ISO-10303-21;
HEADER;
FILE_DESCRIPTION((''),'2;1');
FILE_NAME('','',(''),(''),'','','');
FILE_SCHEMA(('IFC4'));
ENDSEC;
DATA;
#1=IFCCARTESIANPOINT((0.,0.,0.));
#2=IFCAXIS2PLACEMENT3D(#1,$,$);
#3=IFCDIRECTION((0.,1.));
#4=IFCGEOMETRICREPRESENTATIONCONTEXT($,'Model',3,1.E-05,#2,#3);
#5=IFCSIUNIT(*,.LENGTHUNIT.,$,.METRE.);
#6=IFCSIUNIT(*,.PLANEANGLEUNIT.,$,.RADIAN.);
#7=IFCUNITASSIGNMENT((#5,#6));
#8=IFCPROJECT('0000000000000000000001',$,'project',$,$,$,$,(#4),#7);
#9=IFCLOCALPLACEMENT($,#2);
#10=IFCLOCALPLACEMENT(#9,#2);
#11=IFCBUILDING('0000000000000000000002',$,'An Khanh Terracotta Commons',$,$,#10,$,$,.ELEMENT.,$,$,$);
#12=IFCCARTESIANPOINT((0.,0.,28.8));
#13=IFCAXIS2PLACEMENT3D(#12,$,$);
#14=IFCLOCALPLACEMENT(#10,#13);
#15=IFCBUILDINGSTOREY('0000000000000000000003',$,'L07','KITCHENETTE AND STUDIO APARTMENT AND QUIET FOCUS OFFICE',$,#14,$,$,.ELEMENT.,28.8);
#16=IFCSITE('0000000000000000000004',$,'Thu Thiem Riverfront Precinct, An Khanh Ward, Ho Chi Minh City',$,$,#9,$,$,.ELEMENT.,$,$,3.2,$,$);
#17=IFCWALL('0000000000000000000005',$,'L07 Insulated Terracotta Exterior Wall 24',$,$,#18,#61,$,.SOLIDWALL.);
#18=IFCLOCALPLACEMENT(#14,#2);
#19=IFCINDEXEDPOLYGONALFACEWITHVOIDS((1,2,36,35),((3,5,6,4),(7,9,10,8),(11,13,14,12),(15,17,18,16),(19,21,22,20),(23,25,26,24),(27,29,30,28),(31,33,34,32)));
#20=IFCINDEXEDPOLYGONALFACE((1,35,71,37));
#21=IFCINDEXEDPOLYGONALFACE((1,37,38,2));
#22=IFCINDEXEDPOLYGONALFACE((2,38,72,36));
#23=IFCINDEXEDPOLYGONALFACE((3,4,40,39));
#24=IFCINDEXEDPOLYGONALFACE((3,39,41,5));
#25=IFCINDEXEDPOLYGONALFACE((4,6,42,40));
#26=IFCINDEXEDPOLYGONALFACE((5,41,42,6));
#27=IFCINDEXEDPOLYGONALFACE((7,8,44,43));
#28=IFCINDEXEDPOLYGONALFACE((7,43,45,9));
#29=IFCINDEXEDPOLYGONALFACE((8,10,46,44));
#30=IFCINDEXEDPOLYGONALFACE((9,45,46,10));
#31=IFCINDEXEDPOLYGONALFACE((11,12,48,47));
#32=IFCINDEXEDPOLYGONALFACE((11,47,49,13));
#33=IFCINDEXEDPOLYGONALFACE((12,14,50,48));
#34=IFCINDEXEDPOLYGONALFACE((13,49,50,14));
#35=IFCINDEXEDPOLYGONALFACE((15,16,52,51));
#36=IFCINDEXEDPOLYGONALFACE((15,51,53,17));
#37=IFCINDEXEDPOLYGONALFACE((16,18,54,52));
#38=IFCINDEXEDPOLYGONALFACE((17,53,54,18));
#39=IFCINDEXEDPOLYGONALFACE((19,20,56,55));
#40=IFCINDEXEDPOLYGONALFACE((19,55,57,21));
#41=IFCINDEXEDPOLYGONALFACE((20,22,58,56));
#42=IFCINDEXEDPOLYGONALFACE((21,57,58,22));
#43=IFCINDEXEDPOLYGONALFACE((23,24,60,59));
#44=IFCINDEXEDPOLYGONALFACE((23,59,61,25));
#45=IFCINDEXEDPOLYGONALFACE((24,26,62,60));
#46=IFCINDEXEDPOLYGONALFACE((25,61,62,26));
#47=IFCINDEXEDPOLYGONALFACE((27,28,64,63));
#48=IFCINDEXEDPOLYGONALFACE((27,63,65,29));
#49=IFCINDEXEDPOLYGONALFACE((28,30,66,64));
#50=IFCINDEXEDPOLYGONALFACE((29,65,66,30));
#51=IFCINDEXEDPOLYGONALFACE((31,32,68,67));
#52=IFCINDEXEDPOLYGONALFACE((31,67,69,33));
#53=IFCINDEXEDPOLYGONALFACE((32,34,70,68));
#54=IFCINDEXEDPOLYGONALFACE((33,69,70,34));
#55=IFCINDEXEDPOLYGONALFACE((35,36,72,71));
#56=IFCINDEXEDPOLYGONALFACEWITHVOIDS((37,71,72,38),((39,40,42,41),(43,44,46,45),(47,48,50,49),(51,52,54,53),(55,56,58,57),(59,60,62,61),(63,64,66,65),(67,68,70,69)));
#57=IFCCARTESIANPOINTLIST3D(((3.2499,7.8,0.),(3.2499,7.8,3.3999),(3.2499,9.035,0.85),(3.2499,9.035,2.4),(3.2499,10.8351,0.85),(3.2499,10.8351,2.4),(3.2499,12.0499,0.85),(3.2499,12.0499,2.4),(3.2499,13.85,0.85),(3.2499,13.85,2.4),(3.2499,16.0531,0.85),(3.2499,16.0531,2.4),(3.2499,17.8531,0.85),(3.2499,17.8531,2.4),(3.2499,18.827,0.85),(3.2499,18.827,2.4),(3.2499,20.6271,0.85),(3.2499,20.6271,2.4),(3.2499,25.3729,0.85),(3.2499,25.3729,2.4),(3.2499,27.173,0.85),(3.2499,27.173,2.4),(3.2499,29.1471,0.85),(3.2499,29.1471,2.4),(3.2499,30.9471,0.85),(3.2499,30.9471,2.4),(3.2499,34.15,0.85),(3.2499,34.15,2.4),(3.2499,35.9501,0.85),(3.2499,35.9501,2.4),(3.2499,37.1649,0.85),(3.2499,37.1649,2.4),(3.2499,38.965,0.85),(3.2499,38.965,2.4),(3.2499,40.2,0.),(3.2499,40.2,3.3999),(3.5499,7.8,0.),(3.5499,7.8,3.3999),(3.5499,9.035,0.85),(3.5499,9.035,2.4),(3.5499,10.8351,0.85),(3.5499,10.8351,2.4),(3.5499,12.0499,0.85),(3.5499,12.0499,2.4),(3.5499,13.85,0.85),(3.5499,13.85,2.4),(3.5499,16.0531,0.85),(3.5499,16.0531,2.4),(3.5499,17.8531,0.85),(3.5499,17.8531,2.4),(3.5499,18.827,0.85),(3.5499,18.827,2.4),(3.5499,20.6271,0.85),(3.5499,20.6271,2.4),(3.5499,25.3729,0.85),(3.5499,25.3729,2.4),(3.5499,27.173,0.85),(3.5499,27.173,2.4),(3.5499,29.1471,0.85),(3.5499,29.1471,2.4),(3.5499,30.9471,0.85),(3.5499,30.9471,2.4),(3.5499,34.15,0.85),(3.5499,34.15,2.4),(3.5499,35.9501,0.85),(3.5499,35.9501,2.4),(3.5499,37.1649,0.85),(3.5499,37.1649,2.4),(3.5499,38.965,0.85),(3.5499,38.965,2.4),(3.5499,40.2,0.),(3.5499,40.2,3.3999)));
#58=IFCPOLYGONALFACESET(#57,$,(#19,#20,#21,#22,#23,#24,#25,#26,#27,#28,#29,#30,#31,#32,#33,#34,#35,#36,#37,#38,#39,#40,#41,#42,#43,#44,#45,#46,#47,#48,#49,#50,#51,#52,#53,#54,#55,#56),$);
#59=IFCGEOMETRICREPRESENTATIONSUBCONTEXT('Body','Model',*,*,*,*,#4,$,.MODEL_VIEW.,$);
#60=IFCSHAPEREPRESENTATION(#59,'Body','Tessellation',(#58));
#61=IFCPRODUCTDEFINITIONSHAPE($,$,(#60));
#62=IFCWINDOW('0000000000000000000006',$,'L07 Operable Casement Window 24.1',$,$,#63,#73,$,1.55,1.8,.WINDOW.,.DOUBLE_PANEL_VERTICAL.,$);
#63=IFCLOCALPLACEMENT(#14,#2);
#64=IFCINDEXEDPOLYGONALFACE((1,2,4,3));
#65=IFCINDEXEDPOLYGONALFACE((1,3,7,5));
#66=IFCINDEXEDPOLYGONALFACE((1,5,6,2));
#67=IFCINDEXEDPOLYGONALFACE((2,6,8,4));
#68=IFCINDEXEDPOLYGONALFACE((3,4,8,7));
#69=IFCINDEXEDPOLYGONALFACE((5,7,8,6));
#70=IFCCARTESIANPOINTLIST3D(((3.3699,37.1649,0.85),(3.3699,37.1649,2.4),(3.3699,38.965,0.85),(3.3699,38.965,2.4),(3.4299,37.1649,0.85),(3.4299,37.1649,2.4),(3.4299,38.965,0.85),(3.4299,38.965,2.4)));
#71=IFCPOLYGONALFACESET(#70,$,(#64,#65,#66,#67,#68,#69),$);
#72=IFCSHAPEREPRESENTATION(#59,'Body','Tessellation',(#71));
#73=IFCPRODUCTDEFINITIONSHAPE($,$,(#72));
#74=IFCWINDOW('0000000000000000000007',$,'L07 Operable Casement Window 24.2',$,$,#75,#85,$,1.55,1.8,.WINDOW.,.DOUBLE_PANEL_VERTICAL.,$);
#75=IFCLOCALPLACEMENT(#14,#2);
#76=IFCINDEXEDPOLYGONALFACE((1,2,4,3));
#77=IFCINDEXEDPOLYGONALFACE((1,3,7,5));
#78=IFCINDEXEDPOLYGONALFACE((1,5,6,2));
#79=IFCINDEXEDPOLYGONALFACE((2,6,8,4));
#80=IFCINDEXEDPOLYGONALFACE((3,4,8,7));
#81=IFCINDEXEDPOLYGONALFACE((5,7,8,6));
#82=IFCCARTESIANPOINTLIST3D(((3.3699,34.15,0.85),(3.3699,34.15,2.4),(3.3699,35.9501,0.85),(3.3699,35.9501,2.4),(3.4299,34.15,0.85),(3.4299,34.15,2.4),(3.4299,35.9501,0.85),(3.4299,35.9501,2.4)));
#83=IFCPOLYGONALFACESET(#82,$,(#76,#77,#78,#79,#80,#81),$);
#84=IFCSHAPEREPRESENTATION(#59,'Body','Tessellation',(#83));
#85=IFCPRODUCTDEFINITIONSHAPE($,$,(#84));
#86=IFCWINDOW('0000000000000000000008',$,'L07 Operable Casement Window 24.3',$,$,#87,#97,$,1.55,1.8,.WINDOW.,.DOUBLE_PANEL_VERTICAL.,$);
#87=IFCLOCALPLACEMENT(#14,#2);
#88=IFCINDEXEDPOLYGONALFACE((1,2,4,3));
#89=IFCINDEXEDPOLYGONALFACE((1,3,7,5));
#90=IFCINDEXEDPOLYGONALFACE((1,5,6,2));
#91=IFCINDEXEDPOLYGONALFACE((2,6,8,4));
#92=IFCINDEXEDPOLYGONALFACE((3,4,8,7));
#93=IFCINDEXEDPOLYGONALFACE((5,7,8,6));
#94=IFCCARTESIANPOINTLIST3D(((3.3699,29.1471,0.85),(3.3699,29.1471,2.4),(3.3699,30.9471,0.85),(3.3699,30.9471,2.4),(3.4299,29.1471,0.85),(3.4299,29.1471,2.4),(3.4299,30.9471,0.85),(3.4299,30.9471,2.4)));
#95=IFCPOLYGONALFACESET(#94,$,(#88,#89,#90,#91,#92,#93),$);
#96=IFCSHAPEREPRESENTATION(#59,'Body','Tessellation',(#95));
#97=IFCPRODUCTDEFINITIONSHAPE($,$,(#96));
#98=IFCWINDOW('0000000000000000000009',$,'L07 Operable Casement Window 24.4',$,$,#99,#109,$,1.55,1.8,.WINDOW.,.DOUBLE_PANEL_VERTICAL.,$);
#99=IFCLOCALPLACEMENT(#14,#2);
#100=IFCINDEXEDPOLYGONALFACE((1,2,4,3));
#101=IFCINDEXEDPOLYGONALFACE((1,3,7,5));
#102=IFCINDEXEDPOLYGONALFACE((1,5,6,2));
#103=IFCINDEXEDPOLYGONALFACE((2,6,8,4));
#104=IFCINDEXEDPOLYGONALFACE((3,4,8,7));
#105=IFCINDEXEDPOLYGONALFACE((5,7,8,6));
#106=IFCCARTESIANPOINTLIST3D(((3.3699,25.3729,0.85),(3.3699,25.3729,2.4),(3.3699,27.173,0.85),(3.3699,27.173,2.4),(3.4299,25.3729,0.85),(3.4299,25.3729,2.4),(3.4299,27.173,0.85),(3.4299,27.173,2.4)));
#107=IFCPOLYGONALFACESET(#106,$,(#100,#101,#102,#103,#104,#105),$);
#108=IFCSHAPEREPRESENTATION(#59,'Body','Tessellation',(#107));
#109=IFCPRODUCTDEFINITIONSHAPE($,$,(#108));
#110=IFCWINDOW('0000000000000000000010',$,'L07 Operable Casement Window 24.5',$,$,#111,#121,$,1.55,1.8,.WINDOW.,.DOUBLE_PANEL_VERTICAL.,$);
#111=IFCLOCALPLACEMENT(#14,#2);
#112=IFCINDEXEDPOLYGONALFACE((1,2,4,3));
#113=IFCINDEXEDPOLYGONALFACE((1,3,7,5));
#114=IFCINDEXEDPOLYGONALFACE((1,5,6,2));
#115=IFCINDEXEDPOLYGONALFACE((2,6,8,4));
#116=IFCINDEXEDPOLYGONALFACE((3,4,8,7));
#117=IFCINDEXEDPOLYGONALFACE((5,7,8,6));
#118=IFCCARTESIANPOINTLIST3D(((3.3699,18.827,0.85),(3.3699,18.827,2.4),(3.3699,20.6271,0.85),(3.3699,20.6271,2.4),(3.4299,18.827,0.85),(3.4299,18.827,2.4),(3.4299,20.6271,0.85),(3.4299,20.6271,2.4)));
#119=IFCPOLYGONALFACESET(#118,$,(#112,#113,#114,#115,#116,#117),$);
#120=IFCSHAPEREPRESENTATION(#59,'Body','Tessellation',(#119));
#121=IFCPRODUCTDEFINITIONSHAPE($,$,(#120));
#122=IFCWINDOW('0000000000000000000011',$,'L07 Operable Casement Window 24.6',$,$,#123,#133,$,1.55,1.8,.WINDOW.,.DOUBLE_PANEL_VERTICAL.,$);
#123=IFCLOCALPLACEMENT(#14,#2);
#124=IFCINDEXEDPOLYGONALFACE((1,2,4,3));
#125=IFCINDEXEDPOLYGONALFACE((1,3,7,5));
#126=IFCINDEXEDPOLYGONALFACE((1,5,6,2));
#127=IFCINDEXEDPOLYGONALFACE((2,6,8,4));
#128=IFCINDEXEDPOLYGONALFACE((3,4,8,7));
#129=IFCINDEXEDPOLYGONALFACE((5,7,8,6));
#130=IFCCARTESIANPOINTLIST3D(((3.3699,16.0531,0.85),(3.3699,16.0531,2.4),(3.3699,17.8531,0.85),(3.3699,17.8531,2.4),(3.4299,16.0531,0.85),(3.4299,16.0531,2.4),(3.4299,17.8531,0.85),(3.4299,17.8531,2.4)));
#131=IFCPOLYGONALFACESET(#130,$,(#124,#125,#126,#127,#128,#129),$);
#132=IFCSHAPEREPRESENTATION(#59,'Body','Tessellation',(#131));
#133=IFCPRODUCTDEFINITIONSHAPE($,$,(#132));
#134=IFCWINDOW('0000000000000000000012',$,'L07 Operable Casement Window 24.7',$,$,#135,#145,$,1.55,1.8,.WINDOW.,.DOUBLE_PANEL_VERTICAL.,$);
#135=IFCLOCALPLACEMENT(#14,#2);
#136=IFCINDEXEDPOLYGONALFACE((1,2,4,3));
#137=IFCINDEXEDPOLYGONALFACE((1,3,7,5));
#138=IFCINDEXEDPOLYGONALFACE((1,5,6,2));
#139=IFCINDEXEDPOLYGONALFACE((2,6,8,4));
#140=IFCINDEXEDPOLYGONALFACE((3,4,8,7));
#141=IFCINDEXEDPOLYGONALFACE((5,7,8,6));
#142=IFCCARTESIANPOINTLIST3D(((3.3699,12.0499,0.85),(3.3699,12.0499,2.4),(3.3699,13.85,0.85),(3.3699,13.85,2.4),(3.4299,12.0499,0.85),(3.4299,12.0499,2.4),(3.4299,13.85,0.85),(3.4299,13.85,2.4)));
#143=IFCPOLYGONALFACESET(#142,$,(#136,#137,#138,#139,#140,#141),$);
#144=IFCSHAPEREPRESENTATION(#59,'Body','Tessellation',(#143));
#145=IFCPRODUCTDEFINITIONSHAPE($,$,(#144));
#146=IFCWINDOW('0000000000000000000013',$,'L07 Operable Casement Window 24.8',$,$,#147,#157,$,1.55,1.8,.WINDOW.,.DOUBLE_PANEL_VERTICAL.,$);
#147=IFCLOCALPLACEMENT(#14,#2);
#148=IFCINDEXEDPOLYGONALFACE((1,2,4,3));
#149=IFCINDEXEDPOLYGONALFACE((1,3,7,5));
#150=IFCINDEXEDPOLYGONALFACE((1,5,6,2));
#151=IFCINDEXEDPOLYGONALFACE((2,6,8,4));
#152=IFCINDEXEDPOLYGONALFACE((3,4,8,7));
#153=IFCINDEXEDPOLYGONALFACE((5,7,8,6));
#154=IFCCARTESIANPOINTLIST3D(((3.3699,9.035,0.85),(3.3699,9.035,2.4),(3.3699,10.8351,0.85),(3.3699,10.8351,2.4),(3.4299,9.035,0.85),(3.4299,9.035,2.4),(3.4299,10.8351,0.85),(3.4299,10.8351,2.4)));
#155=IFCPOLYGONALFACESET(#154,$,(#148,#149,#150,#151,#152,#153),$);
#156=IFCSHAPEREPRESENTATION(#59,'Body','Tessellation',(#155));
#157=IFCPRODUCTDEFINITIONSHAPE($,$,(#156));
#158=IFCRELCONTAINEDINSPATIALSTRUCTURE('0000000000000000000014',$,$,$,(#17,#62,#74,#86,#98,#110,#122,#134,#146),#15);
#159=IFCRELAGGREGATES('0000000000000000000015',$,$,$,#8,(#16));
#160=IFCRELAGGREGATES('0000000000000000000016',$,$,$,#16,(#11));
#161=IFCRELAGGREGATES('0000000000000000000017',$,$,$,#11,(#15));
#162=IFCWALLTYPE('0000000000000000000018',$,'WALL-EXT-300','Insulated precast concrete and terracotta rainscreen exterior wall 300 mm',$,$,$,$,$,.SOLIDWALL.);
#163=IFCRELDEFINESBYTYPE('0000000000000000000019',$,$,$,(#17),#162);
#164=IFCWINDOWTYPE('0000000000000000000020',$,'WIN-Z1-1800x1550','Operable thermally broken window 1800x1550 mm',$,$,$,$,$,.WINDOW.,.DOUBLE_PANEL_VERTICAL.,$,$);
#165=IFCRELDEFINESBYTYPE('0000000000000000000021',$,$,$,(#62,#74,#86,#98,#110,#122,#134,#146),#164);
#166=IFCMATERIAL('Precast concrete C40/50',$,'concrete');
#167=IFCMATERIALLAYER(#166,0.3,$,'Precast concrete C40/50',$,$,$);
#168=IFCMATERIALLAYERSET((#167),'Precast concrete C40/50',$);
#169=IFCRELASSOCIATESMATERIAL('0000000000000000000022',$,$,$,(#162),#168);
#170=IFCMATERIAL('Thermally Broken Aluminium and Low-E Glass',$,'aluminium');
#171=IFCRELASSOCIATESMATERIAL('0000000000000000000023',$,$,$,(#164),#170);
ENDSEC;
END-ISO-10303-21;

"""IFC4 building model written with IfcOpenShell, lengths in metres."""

from ifc_helpers import new_model, si_unit, direction, frame, frame_2d, origin, place, context, subcontext, project, spatial, rectangle, extrude, material, layer, layer_set, type_object, element, fill, save


model = new_model("IFC4")

# Units and contexts
model_context = context("Model", 3, precision=1e-05, world=origin(), true_north=direction((0.0, 1.0)))
body_context = subcontext(model_context, "Body", "Model", "MODEL_VIEW")
ifc_project = project(units=[si_unit("LENGTHUNIT", "METRE"), si_unit("PLANEANGLEUNIT", "RADIAN")], contexts=[model_context])

# Site, building, storey
site_placement = place(None, origin())
site = spatial("IfcSite", under=ifc_project, at=site_placement, Name="Thu Thiem Riverfront Precinct, An Khanh Ward, Ho Chi Minh City", CompositionType="ELEMENT", RefElevation=3.2)
building_placement = place(site_placement, origin())
building = spatial("IfcBuilding", under=site, at=building_placement, Name="An Khanh Terracotta Commons", CompositionType="ELEMENT")
storey_placement = place(building_placement, frame((0.0, 0.0, 28.8)))
storey = spatial("IfcBuildingStorey", under=building, at=storey_placement, Name="L07", Description="KITCHENETTE AND STUDIO APARTMENT AND QUIET FOCUS OFFICE", CompositionType="ELEMENT", Elevation=28.8)

# Shared definitions
ifc_material_1 = material(Name="Precast concrete C40/50", Category="concrete")
ifc_layer_1 = layer(ifc_material_1, 0.3, Name="Precast concrete C40/50")
ifc_layer_set_1 = layer_set([ifc_layer_1], Name="Precast concrete C40/50")
wall_type_1 = type_object("IfcWallType", Name="WALL-EXT-300", Description="Insulated precast concrete and terracotta rainscreen exterior wall 300 mm", PredefinedType="SOLIDWALL", material=ifc_layer_set_1)

# Wall, openings, windows
wall_1_placement = place(storey_placement, frame((3.3999, 40.2, 0.0), z_axis=(0.0, 0.0, 1.0), x_axis=(0.0, -1.0, 0.0)))
wall_1 = element("IfcWall", 1, at=wall_1_placement, inside=storey, type_object=wall_type_1, Name="L07 Insulated Terracotta Exterior Wall 24", PredefinedType="SOLIDWALL", context=body_context, shape_type="SweptSolid", body=[
    extrude(rectangle(XDim=32.3999, YDim=0.3, at=frame_2d((16.2, 0.0))), origin(), (0.0, 0.0, 1.0), 3.3999),
])
opening_1_placement = place(wall_1_placement, frame((1.2351, 0.0, 0.8501)))
opening_1 = element("IfcOpeningElement", 2, at=opening_1_placement, cuts=wall_1, PredefinedType="OPENING", context=body_context, shape_type="SweptSolid", body=[
    extrude(rectangle(XDim=1.8, YDim=1.55, at=frame_2d((0.8999, 0.7749))), frame((0.0, 0.1599, 0.0), z_axis=(0.0, -1.0, 0.0), x_axis=(1.0, 0.0, 0.0)), (0.0, 0.0, 1.0), 0.3201),
])
opening_2_placement = place(wall_1_placement, frame((4.25, 0.0, 0.8501)))
opening_2 = element("IfcOpeningElement", 3, at=opening_2_placement, cuts=wall_1, PredefinedType="OPENING", context=body_context, shape_type="SweptSolid", body=[
    extrude(rectangle(XDim=1.8, YDim=1.55, at=frame_2d((0.8999, 0.7749))), frame((0.0, 0.1599, 0.0), z_axis=(0.0, -1.0, 0.0), x_axis=(1.0, 0.0, 0.0)), (0.0, 0.0, 1.0), 0.3201),
])
opening_3_placement = place(wall_1_placement, frame((9.2529, 0.0, 0.8501)))
opening_3 = element("IfcOpeningElement", 4, at=opening_3_placement, cuts=wall_1, PredefinedType="OPENING", context=body_context, shape_type="SweptSolid", body=[
    extrude(rectangle(XDim=1.8, YDim=1.55, at=frame_2d((0.8999, 0.7749))), frame((0.0, 0.1599, 0.0), z_axis=(0.0, -1.0, 0.0), x_axis=(1.0, 0.0, 0.0)), (0.0, 0.0, 1.0), 0.3201),
])
opening_4_placement = place(wall_1_placement, frame((13.0271, 0.0, 0.8501)))
opening_4 = element("IfcOpeningElement", 5, at=opening_4_placement, cuts=wall_1, PredefinedType="OPENING", context=body_context, shape_type="SweptSolid", body=[
    extrude(rectangle(XDim=1.8, YDim=1.55, at=frame_2d((0.8999, 0.7749))), frame((0.0, 0.1599, 0.0), z_axis=(0.0, -1.0, 0.0), x_axis=(1.0, 0.0, 0.0)), (0.0, 0.0, 1.0), 0.3201),
])
opening_5_placement = place(wall_1_placement, frame((19.573, 0.0, 0.8501)))
opening_5 = element("IfcOpeningElement", 6, at=opening_5_placement, cuts=wall_1, PredefinedType="OPENING", context=body_context, shape_type="SweptSolid", body=[
    extrude(rectangle(XDim=1.8, YDim=1.55, at=frame_2d((0.8999, 0.7749))), frame((0.0, 0.1599, 0.0), z_axis=(0.0, -1.0, 0.0), x_axis=(1.0, 0.0, 0.0)), (0.0, 0.0, 1.0), 0.3201),
])
opening_6_placement = place(wall_1_placement, frame((22.3469, 0.0, 0.8501)))
opening_6 = element("IfcOpeningElement", 7, at=opening_6_placement, cuts=wall_1, PredefinedType="OPENING", context=body_context, shape_type="SweptSolid", body=[
    extrude(rectangle(XDim=1.8, YDim=1.55, at=frame_2d((0.8999, 0.7749))), frame((0.0, 0.1599, 0.0), z_axis=(0.0, -1.0, 0.0), x_axis=(1.0, 0.0, 0.0)), (0.0, 0.0, 1.0), 0.3201),
])
opening_7_placement = place(wall_1_placement, frame((26.3501, 0.0, 0.8501)))
opening_7 = element("IfcOpeningElement", 8, at=opening_7_placement, cuts=wall_1, PredefinedType="OPENING", context=body_context, shape_type="SweptSolid", body=[
    extrude(rectangle(XDim=1.8, YDim=1.55, at=frame_2d((0.8999, 0.7749))), frame((0.0, 0.1599, 0.0), z_axis=(0.0, -1.0, 0.0), x_axis=(1.0, 0.0, 0.0)), (0.0, 0.0, 1.0), 0.3201),
])
opening_8_placement = place(wall_1_placement, frame((29.365, 0.0, 0.8501)))
opening_8 = element("IfcOpeningElement", 9, at=opening_8_placement, cuts=wall_1, PredefinedType="OPENING", context=body_context, shape_type="SweptSolid", body=[
    extrude(rectangle(XDim=1.8, YDim=1.55, at=frame_2d((0.8999, 0.7749))), frame((0.0, 0.1599, 0.0), z_axis=(0.0, -1.0, 0.0), x_axis=(1.0, 0.0, 0.0)), (0.0, 0.0, 1.0), 0.3201),
])
ifc_material_2 = material(Name="Thermally Broken Aluminium and Low-E Glass", Category="aluminium")
window_type = type_object("IfcWindowType", Name="WIN-Z1-1800x1550", Description="Operable thermally broken window 1800x1550 mm", PartitioningType="DOUBLE_PANEL_VERTICAL", PredefinedType="WINDOW", material=ifc_material_2)
window_1_placement = place(opening_1_placement, origin())
window_1 = element("IfcWindow", 10, at=window_1_placement, inside=storey, type_object=window_type, Name="L07 Operable Casement Window 24.1", OverallHeight=1.55, OverallWidth=1.8, PartitioningType="DOUBLE_PANEL_VERTICAL", PredefinedType="WINDOW", context=body_context, shape_type="SweptSolid", body=[
    extrude(rectangle(XDim=1.8, YDim=1.55, at=frame_2d((0.8999, 0.7749))), frame((0.0, 0.03, 0.0), z_axis=(0.0, -1.0, 0.0), x_axis=(1.0, 0.0, 0.0)), (0.0, 0.0, 1.0), 0.0601),
])
fill(opening_1, window_1)
window_2_placement = place(opening_2_placement, origin())
window_2 = element("IfcWindow", 11, at=window_2_placement, inside=storey, type_object=window_type, Name="L07 Operable Casement Window 24.2", OverallHeight=1.55, OverallWidth=1.8, PartitioningType="DOUBLE_PANEL_VERTICAL", PredefinedType="WINDOW", context=body_context, shape_type="SweptSolid", body=[
    extrude(rectangle(XDim=1.8, YDim=1.55, at=frame_2d((0.8999, 0.7749))), frame((0.0, 0.03, 0.0), z_axis=(0.0, -1.0, 0.0), x_axis=(1.0, 0.0, 0.0)), (0.0, 0.0, 1.0), 0.0601),
])
fill(opening_2, window_2)
window_3_placement = place(opening_3_placement, origin())
window_3 = element("IfcWindow", 12, at=window_3_placement, inside=storey, type_object=window_type, Name="L07 Operable Casement Window 24.3", OverallHeight=1.55, OverallWidth=1.8, PartitioningType="DOUBLE_PANEL_VERTICAL", PredefinedType="WINDOW", context=body_context, shape_type="SweptSolid", body=[
    extrude(rectangle(XDim=1.8, YDim=1.55, at=frame_2d((0.8999, 0.7749))), frame((0.0, 0.03, 0.0), z_axis=(0.0, -1.0, 0.0), x_axis=(1.0, 0.0, 0.0)), (0.0, 0.0, 1.0), 0.0601),
])
fill(opening_3, window_3)
window_4_placement = place(opening_4_placement, origin())
window_4 = element("IfcWindow", 13, at=window_4_placement, inside=storey, type_object=window_type, Name="L07 Operable Casement Window 24.4", OverallHeight=1.55, OverallWidth=1.8, PartitioningType="DOUBLE_PANEL_VERTICAL", PredefinedType="WINDOW", context=body_context, shape_type="SweptSolid", body=[
    extrude(rectangle(XDim=1.8, YDim=1.55, at=frame_2d((0.8999, 0.7749))), frame((0.0, 0.03, 0.0), z_axis=(0.0, -1.0, 0.0), x_axis=(1.0, 0.0, 0.0)), (0.0, 0.0, 1.0), 0.0601),
])
fill(opening_4, window_4)
window_5_placement = place(opening_5_placement, origin())
window_5 = element("IfcWindow", 14, at=window_5_placement, inside=storey, type_object=window_type, Name="L07 Operable Casement Window 24.5", OverallHeight=1.55, OverallWidth=1.8, PartitioningType="DOUBLE_PANEL_VERTICAL", PredefinedType="WINDOW", context=body_context, shape_type="SweptSolid", body=[
    extrude(rectangle(XDim=1.8, YDim=1.55, at=frame_2d((0.8999, 0.7749))), frame((0.0, 0.03, 0.0), z_axis=(0.0, -1.0, 0.0), x_axis=(1.0, 0.0, 0.0)), (0.0, 0.0, 1.0), 0.0601),
])
fill(opening_5, window_5)
window_6_placement = place(opening_6_placement, origin())
window_6 = element("IfcWindow", 15, at=window_6_placement, inside=storey, type_object=window_type, Name="L07 Operable Casement Window 24.6", OverallHeight=1.55, OverallWidth=1.8, PartitioningType="DOUBLE_PANEL_VERTICAL", PredefinedType="WINDOW", context=body_context, shape_type="SweptSolid", body=[
    extrude(rectangle(XDim=1.8, YDim=1.55, at=frame_2d((0.8999, 0.7749))), frame((0.0, 0.03, 0.0), z_axis=(0.0, -1.0, 0.0), x_axis=(1.0, 0.0, 0.0)), (0.0, 0.0, 1.0), 0.0601),
])
fill(opening_6, window_6)
window_7_placement = place(opening_7_placement, origin())
window_7 = element("IfcWindow", 16, at=window_7_placement, inside=storey, type_object=window_type, Name="L07 Operable Casement Window 24.7", OverallHeight=1.55, OverallWidth=1.8, PartitioningType="DOUBLE_PANEL_VERTICAL", PredefinedType="WINDOW", context=body_context, shape_type="SweptSolid", body=[
    extrude(rectangle(XDim=1.8, YDim=1.55, at=frame_2d((0.8999, 0.7749))), frame((0.0, 0.03, 0.0), z_axis=(0.0, -1.0, 0.0), x_axis=(1.0, 0.0, 0.0)), (0.0, 0.0, 1.0), 0.0601),
])
fill(opening_7, window_7)
window_8_placement = place(opening_8_placement, origin())
window_8 = element("IfcWindow", 17, at=window_8_placement, inside=storey, type_object=window_type, Name="L07 Operable Casement Window 24.8", OverallHeight=1.55, OverallWidth=1.8, PartitioningType="DOUBLE_PANEL_VERTICAL", PredefinedType="WINDOW", context=body_context, shape_type="SweptSolid", body=[
    extrude(rectangle(XDim=1.8, YDim=1.55, at=frame_2d((0.8999, 0.7749))), frame((0.0, 0.03, 0.0), z_axis=(0.0, -1.0, 0.0), x_axis=(1.0, 0.0, 0.0)), (0.0, 0.0, 1.0), 0.0601),
])
fill(opening_8, window_8)

save(model, "model.ifc")
